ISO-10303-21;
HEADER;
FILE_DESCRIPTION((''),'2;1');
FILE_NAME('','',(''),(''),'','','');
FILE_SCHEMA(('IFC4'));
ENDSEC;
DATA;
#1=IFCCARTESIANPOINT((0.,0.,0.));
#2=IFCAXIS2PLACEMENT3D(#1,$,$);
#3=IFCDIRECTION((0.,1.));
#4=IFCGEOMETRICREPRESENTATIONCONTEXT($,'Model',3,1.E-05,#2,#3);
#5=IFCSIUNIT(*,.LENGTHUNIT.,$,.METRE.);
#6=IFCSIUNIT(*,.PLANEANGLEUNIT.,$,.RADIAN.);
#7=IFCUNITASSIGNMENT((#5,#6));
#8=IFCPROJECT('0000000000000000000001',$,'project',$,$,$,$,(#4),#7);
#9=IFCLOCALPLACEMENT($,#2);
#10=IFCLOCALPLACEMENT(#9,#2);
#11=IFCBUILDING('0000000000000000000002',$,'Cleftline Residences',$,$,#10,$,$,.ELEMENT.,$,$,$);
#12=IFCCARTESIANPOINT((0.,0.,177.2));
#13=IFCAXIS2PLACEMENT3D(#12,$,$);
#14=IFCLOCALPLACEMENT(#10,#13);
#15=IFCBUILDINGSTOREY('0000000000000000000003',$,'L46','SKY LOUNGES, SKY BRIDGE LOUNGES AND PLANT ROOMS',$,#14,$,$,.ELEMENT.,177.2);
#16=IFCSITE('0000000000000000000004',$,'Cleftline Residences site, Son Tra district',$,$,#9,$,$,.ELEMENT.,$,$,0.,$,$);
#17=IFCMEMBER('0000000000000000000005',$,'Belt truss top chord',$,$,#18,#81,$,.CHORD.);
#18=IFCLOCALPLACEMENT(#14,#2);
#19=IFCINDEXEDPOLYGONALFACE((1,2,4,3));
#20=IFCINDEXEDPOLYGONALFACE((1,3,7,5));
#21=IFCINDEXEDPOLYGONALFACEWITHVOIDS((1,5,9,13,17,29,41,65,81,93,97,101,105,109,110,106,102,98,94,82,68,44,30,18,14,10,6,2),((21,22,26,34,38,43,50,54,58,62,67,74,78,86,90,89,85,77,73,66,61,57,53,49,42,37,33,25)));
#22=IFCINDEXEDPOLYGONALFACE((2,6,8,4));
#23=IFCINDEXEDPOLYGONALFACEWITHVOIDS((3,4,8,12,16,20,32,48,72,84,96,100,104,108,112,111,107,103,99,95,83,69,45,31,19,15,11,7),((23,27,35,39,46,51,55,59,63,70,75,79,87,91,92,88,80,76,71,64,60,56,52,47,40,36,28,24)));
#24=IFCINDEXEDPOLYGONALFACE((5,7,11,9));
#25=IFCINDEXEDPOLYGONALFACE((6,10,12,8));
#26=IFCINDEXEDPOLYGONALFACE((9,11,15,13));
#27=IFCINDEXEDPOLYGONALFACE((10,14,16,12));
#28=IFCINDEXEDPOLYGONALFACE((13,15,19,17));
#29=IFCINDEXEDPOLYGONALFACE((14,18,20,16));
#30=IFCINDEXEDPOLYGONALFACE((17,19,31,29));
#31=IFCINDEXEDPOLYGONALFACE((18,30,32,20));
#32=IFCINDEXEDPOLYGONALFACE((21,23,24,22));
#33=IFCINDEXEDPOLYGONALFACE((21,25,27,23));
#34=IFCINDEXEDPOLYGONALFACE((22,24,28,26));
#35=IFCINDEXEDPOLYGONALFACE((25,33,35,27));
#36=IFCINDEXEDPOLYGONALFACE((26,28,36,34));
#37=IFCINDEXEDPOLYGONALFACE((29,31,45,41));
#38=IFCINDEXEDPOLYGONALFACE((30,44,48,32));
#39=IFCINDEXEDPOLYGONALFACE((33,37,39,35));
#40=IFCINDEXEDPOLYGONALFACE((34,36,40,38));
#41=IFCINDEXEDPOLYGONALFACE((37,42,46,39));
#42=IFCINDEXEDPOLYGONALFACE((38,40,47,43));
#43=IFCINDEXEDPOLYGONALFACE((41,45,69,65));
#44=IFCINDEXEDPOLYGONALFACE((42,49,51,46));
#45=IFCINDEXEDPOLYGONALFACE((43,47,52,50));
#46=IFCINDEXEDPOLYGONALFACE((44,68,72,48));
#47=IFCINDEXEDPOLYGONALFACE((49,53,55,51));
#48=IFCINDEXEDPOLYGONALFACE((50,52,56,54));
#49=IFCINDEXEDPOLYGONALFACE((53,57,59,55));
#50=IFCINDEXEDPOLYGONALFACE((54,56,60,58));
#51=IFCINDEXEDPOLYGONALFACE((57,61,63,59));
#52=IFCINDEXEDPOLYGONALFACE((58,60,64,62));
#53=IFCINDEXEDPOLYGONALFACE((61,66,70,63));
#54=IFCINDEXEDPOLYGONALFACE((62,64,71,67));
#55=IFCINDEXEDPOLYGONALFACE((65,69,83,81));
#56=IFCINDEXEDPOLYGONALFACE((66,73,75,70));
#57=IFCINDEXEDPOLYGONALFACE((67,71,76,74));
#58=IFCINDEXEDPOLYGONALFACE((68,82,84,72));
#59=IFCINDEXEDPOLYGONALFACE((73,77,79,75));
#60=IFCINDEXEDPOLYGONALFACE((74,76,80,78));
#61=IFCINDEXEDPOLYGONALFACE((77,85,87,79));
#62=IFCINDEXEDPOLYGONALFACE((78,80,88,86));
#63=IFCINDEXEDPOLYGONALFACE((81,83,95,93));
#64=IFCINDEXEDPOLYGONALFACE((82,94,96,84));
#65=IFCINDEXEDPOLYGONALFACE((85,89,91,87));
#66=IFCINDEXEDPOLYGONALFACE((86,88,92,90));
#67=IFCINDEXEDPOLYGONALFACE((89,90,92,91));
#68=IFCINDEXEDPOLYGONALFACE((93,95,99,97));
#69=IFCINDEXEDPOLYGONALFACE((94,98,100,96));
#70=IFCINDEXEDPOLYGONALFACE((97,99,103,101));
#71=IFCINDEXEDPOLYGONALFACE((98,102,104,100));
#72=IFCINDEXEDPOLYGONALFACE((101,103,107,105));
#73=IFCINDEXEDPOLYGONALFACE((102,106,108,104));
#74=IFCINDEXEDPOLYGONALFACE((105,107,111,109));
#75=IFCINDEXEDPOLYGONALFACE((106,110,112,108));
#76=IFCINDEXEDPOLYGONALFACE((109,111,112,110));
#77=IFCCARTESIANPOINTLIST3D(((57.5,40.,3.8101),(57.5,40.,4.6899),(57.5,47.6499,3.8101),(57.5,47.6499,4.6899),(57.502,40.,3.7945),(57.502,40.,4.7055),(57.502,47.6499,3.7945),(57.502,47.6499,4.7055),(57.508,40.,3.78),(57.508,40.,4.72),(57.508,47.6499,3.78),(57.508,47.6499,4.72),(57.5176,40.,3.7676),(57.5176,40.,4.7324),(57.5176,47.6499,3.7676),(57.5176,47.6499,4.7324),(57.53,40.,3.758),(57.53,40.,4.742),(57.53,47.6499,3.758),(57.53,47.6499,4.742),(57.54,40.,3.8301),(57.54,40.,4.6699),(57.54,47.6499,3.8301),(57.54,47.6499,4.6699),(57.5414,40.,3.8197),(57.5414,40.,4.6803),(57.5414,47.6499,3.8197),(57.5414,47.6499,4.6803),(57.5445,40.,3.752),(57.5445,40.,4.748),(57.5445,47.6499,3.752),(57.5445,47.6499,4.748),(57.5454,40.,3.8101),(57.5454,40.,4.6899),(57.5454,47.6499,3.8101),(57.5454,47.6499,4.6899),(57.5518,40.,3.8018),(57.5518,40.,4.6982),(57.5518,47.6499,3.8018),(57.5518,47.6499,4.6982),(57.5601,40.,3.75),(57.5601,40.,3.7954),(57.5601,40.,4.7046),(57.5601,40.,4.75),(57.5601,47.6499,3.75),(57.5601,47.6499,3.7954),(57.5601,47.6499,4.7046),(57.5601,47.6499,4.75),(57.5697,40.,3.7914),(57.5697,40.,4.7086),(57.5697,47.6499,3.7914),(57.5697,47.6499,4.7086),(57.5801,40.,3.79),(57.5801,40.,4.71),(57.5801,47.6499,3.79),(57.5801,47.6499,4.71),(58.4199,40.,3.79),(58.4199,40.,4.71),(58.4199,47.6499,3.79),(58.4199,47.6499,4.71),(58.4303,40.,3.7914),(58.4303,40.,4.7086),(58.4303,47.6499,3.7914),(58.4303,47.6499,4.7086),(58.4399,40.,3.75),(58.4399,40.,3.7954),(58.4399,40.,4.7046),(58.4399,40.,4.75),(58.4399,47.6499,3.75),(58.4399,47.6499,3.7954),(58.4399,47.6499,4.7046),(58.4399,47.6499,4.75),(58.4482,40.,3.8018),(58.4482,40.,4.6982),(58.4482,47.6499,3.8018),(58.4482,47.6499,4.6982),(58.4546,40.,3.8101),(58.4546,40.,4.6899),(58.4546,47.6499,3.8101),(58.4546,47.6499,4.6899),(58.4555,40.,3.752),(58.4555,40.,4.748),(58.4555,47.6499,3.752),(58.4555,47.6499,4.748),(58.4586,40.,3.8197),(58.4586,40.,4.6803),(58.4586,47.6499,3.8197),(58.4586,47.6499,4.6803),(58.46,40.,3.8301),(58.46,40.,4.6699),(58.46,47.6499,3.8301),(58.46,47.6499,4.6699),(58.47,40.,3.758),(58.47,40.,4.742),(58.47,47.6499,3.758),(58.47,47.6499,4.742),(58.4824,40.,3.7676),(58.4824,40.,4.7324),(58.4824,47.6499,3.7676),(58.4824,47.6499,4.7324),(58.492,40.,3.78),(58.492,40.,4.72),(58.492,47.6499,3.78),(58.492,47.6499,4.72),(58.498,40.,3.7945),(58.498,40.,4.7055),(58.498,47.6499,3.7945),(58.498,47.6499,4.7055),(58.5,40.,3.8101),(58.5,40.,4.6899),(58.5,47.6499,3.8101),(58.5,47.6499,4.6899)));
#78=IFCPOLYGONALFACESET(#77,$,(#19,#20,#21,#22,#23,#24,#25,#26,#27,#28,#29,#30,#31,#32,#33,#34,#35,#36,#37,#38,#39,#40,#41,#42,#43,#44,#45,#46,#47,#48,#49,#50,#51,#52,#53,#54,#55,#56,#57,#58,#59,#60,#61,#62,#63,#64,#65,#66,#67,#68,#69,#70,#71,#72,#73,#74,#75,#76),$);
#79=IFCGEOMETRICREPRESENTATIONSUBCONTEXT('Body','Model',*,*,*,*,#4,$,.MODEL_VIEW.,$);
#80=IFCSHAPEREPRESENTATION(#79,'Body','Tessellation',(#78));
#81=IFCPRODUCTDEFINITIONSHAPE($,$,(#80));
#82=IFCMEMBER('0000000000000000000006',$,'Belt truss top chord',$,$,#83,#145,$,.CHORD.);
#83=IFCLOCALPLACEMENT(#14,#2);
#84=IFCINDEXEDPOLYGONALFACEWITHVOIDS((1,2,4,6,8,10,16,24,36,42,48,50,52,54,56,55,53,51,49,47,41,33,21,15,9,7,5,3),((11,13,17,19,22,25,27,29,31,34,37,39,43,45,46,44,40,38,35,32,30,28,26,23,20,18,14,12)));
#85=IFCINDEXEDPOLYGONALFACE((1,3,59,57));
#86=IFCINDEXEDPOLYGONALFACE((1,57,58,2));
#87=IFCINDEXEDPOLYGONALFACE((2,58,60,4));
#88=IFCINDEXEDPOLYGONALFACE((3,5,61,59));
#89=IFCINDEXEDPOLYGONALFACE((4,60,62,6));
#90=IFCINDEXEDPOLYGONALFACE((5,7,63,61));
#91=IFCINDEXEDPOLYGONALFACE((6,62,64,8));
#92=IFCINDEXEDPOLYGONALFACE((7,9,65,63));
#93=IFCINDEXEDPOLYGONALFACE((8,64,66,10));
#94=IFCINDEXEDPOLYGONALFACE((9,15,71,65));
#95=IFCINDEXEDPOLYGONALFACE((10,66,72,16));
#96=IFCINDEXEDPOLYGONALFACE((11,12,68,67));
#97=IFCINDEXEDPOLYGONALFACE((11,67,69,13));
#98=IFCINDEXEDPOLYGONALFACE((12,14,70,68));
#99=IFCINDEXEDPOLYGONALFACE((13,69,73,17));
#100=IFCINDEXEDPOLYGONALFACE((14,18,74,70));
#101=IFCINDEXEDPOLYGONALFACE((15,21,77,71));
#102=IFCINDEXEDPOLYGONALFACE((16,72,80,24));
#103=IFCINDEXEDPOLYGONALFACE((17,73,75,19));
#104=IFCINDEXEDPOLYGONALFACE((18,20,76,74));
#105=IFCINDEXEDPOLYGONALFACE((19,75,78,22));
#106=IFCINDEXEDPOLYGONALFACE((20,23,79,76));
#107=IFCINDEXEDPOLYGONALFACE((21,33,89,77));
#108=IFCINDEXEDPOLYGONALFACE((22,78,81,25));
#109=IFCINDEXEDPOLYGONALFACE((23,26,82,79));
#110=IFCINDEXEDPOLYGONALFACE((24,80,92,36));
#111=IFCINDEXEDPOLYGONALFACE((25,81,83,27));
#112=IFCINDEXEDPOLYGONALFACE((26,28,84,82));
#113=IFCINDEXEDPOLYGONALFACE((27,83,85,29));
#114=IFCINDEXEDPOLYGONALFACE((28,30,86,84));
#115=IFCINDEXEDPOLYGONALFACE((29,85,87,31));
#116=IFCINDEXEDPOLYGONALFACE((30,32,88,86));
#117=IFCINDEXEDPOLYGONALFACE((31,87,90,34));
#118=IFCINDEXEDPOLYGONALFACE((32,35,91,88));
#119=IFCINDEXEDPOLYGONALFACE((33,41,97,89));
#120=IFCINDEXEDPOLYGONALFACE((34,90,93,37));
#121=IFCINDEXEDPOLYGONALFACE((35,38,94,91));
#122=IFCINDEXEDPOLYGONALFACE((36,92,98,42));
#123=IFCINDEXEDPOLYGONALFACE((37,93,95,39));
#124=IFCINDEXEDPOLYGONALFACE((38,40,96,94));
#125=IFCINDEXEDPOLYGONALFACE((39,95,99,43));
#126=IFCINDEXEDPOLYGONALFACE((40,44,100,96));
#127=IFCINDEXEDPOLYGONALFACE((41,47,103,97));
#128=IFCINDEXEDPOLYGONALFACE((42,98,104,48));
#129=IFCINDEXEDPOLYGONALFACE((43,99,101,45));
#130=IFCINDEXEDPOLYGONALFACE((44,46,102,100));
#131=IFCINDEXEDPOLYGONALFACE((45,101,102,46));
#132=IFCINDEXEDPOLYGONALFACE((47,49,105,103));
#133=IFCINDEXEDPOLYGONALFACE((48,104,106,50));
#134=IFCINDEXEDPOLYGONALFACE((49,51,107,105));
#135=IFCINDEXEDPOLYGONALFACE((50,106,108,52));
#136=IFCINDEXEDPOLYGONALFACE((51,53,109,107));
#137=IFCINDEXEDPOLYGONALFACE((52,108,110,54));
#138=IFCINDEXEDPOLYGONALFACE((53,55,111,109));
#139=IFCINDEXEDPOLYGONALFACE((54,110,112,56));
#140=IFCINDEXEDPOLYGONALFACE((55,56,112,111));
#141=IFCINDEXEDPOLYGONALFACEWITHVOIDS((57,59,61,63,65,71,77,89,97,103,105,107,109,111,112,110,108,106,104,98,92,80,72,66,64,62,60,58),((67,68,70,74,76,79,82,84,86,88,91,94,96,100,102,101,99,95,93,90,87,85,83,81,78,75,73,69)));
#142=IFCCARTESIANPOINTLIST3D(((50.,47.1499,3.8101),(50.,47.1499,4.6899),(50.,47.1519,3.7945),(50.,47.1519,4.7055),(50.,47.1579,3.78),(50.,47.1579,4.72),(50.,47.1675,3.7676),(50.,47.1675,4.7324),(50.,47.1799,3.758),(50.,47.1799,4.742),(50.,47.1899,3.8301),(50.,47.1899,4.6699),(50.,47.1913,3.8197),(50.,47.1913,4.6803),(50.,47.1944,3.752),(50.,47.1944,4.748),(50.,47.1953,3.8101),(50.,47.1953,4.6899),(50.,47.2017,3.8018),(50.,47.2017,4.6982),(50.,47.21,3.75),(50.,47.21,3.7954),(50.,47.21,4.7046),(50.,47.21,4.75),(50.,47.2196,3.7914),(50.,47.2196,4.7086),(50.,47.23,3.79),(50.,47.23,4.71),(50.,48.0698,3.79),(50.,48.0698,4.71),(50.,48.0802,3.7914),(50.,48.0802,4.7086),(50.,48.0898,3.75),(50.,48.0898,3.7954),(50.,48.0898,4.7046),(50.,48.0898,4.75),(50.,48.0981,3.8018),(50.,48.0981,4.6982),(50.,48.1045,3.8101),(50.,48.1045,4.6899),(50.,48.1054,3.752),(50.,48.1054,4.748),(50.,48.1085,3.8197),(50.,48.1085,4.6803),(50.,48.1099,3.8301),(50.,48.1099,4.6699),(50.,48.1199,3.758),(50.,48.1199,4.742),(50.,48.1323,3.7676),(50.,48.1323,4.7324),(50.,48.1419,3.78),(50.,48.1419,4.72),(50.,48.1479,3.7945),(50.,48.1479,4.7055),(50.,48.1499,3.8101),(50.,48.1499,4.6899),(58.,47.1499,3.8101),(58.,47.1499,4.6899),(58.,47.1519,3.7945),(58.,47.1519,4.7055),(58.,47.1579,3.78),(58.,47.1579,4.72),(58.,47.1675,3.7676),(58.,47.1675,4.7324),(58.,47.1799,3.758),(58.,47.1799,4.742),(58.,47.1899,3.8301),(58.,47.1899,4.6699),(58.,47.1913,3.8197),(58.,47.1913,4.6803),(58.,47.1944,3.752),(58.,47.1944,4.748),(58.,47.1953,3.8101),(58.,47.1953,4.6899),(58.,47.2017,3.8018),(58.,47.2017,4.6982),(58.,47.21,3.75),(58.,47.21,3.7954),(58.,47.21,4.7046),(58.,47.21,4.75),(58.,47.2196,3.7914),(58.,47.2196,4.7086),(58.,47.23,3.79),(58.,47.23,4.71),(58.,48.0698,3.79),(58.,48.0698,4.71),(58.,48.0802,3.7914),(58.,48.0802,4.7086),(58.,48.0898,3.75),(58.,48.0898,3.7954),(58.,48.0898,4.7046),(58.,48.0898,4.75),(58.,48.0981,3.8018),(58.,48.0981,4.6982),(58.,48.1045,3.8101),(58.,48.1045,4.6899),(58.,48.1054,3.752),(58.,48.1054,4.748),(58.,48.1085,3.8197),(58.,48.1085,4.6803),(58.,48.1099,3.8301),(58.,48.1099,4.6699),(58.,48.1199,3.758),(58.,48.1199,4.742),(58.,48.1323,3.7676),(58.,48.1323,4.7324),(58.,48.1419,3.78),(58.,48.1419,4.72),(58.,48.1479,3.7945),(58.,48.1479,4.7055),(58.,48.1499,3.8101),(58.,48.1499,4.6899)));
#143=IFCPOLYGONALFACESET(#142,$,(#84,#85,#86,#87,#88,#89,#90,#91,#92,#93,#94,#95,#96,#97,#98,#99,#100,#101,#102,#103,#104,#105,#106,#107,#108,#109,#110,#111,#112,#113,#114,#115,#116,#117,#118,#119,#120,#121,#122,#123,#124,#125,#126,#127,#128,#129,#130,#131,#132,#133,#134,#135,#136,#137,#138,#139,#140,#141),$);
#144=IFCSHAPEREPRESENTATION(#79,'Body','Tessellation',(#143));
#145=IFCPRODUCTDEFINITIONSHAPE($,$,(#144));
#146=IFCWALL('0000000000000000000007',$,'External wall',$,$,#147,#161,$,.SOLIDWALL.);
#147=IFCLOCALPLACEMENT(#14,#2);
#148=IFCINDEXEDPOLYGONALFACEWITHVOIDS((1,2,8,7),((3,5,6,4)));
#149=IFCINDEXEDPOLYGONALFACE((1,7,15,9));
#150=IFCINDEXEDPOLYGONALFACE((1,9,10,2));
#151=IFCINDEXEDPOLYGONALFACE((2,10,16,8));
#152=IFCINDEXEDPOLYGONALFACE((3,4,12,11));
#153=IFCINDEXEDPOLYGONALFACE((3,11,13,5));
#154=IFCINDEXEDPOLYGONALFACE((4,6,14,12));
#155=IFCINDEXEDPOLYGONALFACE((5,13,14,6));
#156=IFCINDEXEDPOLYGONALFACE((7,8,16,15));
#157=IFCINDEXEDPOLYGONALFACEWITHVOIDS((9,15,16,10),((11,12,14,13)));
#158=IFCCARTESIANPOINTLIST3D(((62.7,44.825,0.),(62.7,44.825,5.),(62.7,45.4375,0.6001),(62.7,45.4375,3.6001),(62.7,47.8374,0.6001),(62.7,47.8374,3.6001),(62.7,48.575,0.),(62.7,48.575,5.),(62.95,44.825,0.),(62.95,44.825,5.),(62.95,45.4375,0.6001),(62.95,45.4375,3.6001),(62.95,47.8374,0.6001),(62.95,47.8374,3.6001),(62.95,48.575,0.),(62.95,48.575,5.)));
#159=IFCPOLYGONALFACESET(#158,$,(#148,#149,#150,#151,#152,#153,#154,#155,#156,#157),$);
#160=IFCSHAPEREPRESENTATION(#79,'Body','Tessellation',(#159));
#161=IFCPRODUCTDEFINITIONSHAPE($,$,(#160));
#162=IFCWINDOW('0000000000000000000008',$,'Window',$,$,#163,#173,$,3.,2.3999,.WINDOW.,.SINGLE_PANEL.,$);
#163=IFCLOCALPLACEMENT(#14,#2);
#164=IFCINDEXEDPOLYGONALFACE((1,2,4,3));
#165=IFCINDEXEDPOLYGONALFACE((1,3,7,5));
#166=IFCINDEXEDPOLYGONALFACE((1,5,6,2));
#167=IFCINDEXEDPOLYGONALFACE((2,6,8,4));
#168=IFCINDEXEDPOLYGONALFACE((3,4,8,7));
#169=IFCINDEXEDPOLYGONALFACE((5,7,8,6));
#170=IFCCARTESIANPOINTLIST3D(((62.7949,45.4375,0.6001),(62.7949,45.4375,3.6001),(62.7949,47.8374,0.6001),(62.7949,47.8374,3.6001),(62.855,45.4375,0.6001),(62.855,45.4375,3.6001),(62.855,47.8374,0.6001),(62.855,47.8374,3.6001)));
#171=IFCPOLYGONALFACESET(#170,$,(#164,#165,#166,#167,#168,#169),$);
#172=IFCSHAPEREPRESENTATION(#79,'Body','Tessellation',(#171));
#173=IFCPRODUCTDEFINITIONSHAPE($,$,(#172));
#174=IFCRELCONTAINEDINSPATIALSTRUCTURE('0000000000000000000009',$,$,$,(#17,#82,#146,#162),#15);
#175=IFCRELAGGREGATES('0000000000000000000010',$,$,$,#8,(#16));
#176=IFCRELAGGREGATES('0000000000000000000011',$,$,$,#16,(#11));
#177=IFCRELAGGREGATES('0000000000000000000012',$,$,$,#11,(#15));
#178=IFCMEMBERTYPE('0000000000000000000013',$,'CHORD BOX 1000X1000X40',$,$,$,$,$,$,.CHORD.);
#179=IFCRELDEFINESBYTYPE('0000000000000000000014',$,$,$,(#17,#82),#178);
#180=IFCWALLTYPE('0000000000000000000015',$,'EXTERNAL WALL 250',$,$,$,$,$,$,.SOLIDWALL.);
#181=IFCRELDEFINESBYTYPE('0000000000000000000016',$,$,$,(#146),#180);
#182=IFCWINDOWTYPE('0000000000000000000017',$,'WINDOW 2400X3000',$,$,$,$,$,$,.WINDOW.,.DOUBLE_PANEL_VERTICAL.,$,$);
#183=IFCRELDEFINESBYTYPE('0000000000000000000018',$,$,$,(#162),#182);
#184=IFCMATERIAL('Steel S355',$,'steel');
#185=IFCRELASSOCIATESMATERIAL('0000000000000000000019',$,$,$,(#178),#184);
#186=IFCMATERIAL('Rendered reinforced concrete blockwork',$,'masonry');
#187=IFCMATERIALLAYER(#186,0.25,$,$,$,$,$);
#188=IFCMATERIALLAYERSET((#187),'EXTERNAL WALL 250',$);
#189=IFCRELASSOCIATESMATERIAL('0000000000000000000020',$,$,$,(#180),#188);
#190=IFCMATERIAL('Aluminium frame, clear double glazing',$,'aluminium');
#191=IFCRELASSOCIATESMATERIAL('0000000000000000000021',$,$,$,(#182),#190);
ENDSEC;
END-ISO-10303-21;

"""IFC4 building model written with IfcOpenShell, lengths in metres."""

from ifc_helpers import new_model, si_unit, direction, frame, frame_2d, origin, origin_2d, place, context, subcontext, project, spatial, rectangle, hollow_rectangle, extrude, material, layer, layer_set, material_profile, profile_set, type_object, element, fill, save


model = new_model("IFC4")

# Units and contexts
model_context = context("Model", 3, precision=1e-05, world=origin(), true_north=direction((0.0, 1.0)))
body_context = subcontext(model_context, "Body", "Model", "MODEL_VIEW")
ifc_project = project(units=[si_unit("LENGTHUNIT", "METRE"), si_unit("PLANEANGLEUNIT", "RADIAN")], contexts=[model_context])

# Site, building, storey
site_placement = place(None, origin())
site = spatial("IfcSite", under=ifc_project, at=site_placement, Name="Cleftline Residences site, Son Tra district", CompositionType="ELEMENT", RefElevation=0.0)
building_placement = place(site_placement, origin())
building = spatial("IfcBuilding", under=site, at=building_placement, Name="Cleftline Residences", CompositionType="ELEMENT")
storey_placement = place(building_placement, frame((0.0, 0.0, 177.2)))
storey = spatial("IfcBuildingStorey", under=building, at=storey_placement, Name="L46", Description="SKY LOUNGES, SKY BRIDGE LOUNGES AND PLANT ROOMS", CompositionType="ELEMENT", Elevation=177.2)

# Members
ifc_material_1 = material(Name="Steel S355", Category="steel")
ifc_material_profile_1 = material_profile(ifc_material_1, hollow_rectangle(XDim=1.0, YDim=1.0, WallThickness=0.04, InnerFilletRadius=0.04, OuterFilletRadius=0.0601, at=origin_2d()))
ifc_profile_set_1 = profile_set([ifc_material_profile_1], Name="Steel S355")
member_type_1 = type_object("IfcMemberType", Name="CHORD BOX 1000X1000X40", PredefinedType="CHORD", material=ifc_profile_set_1)
for number, where, z_axis, x_axis, name in (
    (1, (58.0, 40.0, 4.25), (0.0, 1.0, 0.0), (-1.0, 0.0, 0.0), "Belt truss top chord"),
):
    element("IfcMember", number, at=place(storey_placement, frame(where, z_axis=z_axis, x_axis=x_axis)), inside=storey, type_object=member_type_1, Name=name, PredefinedType="CHORD", context=body_context, shape_type="SweptSolid", body=[
        extrude(hollow_rectangle(XDim=1.0, YDim=1.0, WallThickness=0.04, InnerFilletRadius=0.04, OuterFilletRadius=0.0601, at=origin_2d()), origin(), (0.0, 0.0, 1.0), 7.6499),
    ])
member_1_placement = place(storey_placement, frame((50.0, 47.6499, 4.25), z_axis=(1.0, 0.0, 0.0), x_axis=(0.0, 1.0, 0.0)))
element("IfcMember", 2, at=member_1_placement, inside=storey, type_object=member_type_1, Name="Belt truss top chord", PredefinedType="CHORD", context=body_context, shape_type="SweptSolid", body=[
    extrude(hollow_rectangle(XDim=1.0, YDim=1.0, WallThickness=0.04, InnerFilletRadius=0.04, OuterFilletRadius=0.0601, at=origin_2d()), origin(), (0.0, 0.0, 1.0), 8.0),
])

# Wall, opening, window
ifc_material_2 = material(Name="Rendered reinforced concrete blockwork", Category="masonry")
ifc_layer_1 = layer(ifc_material_2, 0.25)
ifc_layer_set_1 = layer_set([ifc_layer_1], Name="EXTERNAL WALL 250")
wall_type_1 = type_object("IfcWallType", Name="EXTERNAL WALL 250", PredefinedType="SOLIDWALL", material=ifc_layer_set_1)
wall_1_placement = place(storey_placement, frame((62.825, 44.825, 0.0), z_axis=(0.0, 0.0, 1.0), x_axis=(0.0, 1.0, 0.0)))
wall_1 = element("IfcWall", 3, at=wall_1_placement, inside=storey, type_object=wall_type_1, Name="External wall", PredefinedType="SOLIDWALL", context=body_context, shape_type="SweptSolid", body=[
    extrude(rectangle(XDim=3.75, YDim=0.25, at=frame_2d((1.875, 0.0))), origin(), (0.0, 0.0, 1.0), 5.0),
])
opening_1_placement = place(wall_1_placement, frame((0.6125, 0.0, 0.6001)))
opening_1 = element("IfcOpeningElement", 4, at=opening_1_placement, cuts=wall_1, PredefinedType="OPENING", context=body_context, shape_type="SweptSolid", body=[
    extrude(rectangle(XDim=2.3999, YDim=3.0, at=frame_2d((1.2, 1.5))), frame((0.0, 0.135, 0.0), z_axis=(0.0, -1.0, 0.0), x_axis=(1.0, 0.0, 0.0)), (0.0, 0.0, 1.0), 0.27),
])
ifc_material_3 = material(Name="Aluminium frame, clear double glazing", Category="aluminium")
window_type = type_object("IfcWindowType", Name="WINDOW 2400X3000", PartitioningType="DOUBLE_PANEL_VERTICAL", PredefinedType="WINDOW", material=ifc_material_3)
window_1_placement = place(opening_1_placement, origin())
window_1 = element("IfcWindow", 5, at=window_1_placement, inside=storey, type_object=window_type, Name="Window", OverallHeight=3.0, OverallWidth=2.3999, PartitioningType="SINGLE_PANEL", PredefinedType="WINDOW", context=body_context, shape_type="SweptSolid", body=[
    extrude(rectangle(XDim=2.3999, YDim=3.0, at=frame_2d((1.2, 1.5))), frame((0.0, 0.03, 0.0), z_axis=(0.0, -1.0, 0.0), x_axis=(1.0, 0.0, 0.0)), (0.0, 0.0, 1.0), 0.0601),
])
fill(opening_1, window_1)

save(model, "model.ifc")
